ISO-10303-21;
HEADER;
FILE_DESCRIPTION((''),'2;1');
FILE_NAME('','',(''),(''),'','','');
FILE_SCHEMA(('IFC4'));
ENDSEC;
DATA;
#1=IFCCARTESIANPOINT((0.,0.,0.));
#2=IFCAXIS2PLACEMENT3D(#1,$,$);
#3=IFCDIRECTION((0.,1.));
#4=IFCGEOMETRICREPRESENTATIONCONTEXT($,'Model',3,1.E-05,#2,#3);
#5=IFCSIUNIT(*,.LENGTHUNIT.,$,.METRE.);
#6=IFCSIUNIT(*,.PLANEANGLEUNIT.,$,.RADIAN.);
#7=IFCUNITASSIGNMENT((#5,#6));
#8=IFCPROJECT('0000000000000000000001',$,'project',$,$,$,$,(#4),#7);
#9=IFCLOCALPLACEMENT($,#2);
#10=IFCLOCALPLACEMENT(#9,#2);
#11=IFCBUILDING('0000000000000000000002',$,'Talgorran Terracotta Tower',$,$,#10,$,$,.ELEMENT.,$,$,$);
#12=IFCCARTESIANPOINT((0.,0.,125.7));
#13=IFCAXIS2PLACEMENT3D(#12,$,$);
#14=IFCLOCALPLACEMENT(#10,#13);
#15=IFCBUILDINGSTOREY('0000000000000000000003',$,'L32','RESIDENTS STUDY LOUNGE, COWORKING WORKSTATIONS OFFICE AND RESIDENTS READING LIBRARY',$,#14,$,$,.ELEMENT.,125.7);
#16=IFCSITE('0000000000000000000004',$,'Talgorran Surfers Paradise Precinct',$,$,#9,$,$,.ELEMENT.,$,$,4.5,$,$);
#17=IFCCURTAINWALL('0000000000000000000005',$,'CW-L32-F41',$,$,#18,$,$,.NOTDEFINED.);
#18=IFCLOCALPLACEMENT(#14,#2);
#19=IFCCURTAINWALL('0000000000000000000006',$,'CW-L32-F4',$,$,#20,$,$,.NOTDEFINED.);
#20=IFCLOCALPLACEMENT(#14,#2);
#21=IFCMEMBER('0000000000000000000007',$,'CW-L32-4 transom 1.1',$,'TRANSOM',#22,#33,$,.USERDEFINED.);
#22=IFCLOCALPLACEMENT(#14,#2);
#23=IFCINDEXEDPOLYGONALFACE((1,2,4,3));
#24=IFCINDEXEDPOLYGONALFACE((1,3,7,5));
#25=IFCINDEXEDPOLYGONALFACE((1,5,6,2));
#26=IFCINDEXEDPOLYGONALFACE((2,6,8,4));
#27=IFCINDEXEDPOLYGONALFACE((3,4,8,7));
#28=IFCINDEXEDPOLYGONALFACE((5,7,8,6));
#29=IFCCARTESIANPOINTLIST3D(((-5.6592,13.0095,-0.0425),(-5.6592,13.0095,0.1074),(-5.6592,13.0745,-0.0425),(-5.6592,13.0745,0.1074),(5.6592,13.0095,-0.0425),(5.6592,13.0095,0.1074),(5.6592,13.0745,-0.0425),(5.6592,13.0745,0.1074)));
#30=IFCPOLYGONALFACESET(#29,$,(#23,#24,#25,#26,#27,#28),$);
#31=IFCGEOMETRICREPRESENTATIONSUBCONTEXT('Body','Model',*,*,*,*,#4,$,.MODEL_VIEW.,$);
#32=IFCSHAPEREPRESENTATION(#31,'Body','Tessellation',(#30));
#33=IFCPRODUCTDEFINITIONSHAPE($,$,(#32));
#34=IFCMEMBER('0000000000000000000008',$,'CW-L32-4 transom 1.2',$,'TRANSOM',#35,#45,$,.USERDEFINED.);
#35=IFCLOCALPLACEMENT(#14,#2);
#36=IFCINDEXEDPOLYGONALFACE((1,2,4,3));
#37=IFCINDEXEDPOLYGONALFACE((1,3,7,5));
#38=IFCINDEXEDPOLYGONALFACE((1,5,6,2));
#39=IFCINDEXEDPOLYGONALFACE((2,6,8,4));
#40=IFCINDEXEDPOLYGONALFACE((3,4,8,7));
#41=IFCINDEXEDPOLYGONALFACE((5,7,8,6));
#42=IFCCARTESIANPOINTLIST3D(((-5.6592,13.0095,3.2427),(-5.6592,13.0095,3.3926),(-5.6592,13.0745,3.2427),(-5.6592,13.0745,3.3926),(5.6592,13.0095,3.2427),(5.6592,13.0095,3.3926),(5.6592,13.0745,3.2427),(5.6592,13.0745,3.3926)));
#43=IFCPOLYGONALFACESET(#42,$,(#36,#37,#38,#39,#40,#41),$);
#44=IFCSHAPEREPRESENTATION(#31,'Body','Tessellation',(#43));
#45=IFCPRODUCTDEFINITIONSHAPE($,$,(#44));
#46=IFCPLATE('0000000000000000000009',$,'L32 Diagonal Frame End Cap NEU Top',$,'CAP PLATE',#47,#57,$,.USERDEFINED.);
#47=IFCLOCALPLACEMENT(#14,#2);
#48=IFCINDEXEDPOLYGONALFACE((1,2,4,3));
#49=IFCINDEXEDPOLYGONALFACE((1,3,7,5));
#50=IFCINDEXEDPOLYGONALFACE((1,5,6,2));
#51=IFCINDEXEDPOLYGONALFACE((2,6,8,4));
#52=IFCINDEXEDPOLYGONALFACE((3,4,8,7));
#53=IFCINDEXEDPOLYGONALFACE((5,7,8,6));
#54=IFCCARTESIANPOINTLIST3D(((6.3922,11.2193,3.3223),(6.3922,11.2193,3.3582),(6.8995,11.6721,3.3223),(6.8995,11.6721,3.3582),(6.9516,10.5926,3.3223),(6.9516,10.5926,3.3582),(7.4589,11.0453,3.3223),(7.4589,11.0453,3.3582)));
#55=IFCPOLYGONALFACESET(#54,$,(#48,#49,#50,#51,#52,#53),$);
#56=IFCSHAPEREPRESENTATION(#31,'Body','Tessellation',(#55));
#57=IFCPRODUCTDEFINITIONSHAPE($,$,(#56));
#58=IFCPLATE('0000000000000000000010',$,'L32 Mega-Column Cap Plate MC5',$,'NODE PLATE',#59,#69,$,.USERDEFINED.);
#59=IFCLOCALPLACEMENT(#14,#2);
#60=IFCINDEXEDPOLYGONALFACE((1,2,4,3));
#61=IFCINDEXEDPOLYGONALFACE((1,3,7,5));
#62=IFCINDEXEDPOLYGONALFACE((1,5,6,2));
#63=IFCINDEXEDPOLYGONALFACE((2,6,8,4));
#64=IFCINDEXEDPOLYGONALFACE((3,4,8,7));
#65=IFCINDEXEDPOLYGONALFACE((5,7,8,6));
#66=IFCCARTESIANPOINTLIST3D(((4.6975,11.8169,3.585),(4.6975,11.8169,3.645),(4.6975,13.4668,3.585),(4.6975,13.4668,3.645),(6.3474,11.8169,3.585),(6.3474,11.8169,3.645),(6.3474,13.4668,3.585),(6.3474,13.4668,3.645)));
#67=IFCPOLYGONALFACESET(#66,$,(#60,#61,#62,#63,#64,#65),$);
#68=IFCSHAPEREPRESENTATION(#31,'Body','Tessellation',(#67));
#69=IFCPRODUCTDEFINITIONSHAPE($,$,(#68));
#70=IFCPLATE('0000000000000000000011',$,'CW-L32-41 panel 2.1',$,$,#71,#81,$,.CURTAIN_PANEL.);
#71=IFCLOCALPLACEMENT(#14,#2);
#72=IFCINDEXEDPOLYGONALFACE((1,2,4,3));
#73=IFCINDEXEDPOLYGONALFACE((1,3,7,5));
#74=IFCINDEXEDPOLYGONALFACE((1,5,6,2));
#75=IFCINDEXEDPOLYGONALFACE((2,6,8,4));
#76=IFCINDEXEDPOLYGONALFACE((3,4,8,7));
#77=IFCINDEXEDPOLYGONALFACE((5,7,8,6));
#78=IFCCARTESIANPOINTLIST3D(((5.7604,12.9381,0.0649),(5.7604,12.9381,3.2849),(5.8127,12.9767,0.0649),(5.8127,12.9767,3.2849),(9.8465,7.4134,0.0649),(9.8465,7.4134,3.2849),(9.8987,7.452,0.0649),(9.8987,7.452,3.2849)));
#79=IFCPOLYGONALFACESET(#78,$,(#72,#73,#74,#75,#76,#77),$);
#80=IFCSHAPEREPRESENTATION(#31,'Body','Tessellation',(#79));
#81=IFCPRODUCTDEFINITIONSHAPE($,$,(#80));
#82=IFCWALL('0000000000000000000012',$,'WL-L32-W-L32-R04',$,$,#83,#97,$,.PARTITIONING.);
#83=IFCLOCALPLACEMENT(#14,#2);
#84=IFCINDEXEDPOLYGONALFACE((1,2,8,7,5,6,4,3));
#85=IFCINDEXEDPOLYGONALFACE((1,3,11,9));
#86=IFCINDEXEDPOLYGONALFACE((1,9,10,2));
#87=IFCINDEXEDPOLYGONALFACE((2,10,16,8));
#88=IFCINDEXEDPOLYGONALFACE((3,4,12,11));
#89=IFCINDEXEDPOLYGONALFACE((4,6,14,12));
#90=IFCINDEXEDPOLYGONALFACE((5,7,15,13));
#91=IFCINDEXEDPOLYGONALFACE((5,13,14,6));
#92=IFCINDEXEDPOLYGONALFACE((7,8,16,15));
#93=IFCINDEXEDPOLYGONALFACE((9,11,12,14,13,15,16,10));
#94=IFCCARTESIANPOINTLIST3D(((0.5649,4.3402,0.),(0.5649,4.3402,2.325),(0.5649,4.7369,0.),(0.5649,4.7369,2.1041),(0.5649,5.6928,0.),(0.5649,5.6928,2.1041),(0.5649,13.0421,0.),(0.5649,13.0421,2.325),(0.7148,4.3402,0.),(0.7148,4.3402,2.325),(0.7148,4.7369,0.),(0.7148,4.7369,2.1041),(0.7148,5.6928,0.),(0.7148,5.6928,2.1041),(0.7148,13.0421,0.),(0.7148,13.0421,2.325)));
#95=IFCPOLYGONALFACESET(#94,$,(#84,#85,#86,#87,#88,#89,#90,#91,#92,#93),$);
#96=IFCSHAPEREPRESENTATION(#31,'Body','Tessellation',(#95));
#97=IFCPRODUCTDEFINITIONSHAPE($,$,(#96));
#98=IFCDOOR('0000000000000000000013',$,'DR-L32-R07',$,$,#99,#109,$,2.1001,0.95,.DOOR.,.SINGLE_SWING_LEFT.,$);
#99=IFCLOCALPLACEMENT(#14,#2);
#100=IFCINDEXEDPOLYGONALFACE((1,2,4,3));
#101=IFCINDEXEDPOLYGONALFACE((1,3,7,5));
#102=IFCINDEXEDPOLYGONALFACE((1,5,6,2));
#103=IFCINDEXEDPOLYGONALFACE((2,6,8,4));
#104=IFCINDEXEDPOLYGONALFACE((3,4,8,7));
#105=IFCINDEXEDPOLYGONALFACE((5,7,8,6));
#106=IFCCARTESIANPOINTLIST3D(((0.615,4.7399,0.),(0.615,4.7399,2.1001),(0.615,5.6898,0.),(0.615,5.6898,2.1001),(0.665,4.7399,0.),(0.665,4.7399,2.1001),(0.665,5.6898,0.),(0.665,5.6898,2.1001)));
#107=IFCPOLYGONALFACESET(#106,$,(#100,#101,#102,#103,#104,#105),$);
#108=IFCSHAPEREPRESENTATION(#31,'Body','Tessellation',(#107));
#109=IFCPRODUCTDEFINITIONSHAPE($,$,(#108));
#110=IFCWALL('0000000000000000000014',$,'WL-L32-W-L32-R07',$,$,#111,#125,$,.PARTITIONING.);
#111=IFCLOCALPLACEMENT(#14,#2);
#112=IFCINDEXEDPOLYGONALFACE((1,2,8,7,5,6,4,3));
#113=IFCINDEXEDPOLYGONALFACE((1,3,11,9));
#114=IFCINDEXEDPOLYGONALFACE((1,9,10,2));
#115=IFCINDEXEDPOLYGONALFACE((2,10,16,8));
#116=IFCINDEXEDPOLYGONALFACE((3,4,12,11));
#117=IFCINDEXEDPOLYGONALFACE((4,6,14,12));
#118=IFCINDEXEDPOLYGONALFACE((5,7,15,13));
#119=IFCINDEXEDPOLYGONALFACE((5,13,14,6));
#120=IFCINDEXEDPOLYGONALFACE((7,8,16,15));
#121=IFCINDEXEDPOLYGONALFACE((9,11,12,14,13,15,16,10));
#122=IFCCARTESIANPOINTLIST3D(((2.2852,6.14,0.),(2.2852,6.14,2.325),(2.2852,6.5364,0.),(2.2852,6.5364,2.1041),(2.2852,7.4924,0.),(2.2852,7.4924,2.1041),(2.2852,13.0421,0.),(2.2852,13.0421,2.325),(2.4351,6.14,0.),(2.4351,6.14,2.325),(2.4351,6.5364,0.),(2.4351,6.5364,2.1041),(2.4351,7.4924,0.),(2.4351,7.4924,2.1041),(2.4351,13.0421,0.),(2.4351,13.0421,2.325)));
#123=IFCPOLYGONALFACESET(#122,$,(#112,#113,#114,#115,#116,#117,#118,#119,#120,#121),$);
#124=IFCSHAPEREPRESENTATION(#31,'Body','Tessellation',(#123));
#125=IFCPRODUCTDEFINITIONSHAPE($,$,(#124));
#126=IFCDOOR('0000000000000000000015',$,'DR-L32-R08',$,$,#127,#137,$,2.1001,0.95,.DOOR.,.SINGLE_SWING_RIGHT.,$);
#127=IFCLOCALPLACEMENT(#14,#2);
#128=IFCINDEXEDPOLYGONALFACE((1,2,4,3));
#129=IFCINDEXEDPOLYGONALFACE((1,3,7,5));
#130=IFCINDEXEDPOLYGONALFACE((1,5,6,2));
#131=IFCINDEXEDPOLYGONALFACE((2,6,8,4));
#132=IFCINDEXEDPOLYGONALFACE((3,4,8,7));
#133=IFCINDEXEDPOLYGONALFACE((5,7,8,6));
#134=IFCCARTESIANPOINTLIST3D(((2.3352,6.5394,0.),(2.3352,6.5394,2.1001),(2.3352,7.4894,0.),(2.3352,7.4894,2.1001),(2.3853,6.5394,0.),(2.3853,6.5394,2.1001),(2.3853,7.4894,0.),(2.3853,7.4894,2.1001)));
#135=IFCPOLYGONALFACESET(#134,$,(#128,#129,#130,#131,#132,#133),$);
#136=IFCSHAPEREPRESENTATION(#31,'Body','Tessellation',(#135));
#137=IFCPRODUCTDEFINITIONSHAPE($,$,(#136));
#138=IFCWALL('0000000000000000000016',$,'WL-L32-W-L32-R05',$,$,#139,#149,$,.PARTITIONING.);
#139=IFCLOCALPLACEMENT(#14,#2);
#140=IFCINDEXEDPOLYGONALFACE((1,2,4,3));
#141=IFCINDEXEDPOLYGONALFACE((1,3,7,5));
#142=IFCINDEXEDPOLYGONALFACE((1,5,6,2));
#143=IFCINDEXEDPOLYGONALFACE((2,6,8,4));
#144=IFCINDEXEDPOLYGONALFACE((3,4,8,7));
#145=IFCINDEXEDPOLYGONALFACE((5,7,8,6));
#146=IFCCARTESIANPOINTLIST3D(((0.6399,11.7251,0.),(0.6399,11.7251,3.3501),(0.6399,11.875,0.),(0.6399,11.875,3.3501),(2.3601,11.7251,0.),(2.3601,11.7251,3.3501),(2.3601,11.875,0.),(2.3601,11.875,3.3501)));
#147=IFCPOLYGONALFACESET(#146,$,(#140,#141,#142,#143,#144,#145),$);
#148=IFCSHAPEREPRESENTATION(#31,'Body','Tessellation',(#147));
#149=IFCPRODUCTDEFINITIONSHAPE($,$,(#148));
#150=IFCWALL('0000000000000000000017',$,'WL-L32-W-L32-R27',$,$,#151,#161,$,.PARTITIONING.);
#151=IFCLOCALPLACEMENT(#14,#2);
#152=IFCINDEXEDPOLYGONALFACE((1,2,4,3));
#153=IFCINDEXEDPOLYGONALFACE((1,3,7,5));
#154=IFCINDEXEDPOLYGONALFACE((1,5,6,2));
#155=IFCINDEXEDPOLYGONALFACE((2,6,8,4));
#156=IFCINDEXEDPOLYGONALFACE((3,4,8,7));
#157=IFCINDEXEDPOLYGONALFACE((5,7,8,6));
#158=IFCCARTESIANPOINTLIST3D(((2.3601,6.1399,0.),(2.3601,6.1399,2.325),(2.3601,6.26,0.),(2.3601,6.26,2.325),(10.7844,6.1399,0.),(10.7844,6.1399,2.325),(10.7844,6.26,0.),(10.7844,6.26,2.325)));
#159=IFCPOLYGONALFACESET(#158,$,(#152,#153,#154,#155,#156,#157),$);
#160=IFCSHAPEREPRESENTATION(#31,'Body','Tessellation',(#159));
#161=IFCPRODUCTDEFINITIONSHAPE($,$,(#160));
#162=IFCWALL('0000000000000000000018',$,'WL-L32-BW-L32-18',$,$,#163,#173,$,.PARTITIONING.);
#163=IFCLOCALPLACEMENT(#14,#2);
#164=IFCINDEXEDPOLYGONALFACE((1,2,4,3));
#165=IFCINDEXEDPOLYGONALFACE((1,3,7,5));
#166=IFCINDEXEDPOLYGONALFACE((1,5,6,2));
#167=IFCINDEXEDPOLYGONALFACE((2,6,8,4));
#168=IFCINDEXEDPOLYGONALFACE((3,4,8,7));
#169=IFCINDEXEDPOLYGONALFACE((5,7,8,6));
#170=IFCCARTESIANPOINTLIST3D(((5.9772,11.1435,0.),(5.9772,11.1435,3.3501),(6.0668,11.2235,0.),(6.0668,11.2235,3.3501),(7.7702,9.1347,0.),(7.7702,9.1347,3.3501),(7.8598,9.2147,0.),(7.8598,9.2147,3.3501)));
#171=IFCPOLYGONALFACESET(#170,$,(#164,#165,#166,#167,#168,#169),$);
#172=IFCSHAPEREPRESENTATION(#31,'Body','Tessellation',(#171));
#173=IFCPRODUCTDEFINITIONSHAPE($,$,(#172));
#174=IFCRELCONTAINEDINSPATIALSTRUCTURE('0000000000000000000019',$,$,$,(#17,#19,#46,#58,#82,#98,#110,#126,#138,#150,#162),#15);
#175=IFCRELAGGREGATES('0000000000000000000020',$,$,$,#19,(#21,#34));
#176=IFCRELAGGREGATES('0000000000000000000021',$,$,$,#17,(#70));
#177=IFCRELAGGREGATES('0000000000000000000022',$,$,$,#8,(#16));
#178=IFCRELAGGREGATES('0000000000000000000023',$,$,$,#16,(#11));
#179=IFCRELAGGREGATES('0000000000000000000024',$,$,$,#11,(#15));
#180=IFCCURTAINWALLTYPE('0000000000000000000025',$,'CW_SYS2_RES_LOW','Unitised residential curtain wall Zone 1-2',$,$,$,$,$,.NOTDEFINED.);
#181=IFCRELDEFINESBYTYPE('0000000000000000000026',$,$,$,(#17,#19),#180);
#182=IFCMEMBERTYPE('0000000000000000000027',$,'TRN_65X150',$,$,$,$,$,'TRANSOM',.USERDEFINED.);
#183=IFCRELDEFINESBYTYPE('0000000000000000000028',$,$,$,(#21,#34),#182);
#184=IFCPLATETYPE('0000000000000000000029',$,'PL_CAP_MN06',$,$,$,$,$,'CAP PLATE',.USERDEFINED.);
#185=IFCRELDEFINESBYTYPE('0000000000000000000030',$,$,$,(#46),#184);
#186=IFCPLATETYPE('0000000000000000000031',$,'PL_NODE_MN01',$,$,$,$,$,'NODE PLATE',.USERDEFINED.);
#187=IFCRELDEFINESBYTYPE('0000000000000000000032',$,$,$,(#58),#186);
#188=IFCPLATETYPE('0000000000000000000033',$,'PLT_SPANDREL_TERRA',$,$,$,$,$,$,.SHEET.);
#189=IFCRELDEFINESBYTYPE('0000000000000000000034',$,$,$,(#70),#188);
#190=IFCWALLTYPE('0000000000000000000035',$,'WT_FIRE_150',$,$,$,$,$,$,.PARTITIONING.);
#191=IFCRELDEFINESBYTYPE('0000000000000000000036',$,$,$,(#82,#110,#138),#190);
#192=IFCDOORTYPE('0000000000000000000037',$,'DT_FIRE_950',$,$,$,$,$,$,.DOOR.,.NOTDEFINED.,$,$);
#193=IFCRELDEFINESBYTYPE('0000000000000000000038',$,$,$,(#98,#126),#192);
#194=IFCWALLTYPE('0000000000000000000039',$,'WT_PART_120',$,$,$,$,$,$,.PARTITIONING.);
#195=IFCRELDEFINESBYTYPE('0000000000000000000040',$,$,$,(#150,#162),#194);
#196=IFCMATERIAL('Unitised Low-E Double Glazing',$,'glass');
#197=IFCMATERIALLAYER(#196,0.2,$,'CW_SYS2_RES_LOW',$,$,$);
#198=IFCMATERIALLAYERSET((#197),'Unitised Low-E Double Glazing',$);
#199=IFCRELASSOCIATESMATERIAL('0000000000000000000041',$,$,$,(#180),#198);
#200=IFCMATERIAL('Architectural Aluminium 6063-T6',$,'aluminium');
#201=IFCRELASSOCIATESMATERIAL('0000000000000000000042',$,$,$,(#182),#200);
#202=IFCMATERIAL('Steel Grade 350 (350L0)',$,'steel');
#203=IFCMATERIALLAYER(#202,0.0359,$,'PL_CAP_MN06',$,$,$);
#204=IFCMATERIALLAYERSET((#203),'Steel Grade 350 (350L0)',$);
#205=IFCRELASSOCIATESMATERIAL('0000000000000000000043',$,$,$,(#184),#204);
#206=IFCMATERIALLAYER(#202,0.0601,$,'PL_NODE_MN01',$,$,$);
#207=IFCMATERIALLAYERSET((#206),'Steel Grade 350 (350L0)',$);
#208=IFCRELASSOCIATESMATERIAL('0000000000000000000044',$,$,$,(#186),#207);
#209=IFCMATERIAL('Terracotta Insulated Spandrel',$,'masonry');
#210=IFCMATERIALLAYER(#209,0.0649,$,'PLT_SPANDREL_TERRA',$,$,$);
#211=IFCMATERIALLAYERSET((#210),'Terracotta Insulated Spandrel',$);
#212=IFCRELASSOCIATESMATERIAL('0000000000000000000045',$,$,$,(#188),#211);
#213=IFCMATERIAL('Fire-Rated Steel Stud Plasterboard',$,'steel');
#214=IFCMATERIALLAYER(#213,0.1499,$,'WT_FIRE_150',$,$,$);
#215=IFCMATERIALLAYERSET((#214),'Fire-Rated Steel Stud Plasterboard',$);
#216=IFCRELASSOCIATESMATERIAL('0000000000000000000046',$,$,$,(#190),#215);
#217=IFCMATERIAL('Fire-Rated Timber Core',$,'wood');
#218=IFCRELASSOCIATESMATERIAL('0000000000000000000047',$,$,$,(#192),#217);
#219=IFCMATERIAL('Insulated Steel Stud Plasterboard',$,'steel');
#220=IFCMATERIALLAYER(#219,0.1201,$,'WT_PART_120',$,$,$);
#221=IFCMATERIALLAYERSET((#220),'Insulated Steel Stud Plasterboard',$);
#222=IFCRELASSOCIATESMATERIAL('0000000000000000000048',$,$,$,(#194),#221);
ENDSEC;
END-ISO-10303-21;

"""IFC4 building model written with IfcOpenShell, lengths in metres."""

from ifc_helpers import new_model, si_unit, direction, frame, frame_2d, origin, origin_2d, place, context, subcontext, project, spatial, rectangle, extrude, source, transform, mapped, material, layer, layer_set, material_profile, profile_set, type_object, type_shapes, element, fill, aggregate, save


model = new_model("IFC4")

# Units and contexts
model_context = context("Model", 3, precision=1e-05, world=origin(), true_north=direction((0.0, 1.0)))
body_context = subcontext(model_context, "Body", "Model", "MODEL_VIEW")
ifc_project = project(units=[si_unit("LENGTHUNIT", "METRE"), si_unit("PLANEANGLEUNIT", "RADIAN")], contexts=[model_context])

# Site, building, storey
site_placement = place(None, origin())
site = spatial("IfcSite", under=ifc_project, at=site_placement, Name="Talgorran Surfers Paradise Precinct", CompositionType="ELEMENT", RefElevation=4.5)
building_placement = place(site_placement, origin())
building = spatial("IfcBuilding", under=site, at=building_placement, Name="Talgorran Terracotta Tower", CompositionType="ELEMENT")
storey_placement = place(building_placement, frame((0.0, 0.0, 125.7)))
storey = spatial("IfcBuildingStorey", under=building, at=storey_placement, Name="L32", Description="RESIDENTS STUDY LOUNGE, COWORKING WORKSTATIONS OFFICE AND RESIDENTS READING LIBRARY", CompositionType="ELEMENT", Elevation=125.7)

# Shared definitions
ifc_material_1 = material(Name="Steel Grade 350 (350L0)", Category="steel")

# Curtain wall
ifc_material_2 = material(Name="Unitised Low-E Double Glazing", Category="glass")
ifc_layer_1 = layer(ifc_material_2, 0.2, Name="CW_SYS2_RES_LOW")
ifc_layer_set_1 = layer_set([ifc_layer_1], Name="Unitised Low-E Double Glazing")
curtain_wall_type = type_object("IfcCurtainWallType", Name="CW_SYS2_RES_LOW", Description="Unitised residential curtain wall Zone 1-2", PredefinedType="NOTDEFINED", material=ifc_layer_set_1)
curtain_wall_1_placement = place(storey_placement, origin())
curtain_wall_1 = element("IfcCurtainWall", 1, at=curtain_wall_1_placement, inside=storey, type_object=curtain_wall_type, Name="CW-L32-F41", PredefinedType="NOTDEFINED")
ifc_material_3 = material(Name="Architectural Aluminium 6063-T6", Category="aluminium")

# Curtain wall, members
curtain_wall_2_placement = place(storey_placement, origin())
curtain_wall_2 = element("IfcCurtainWall", 2, at=curtain_wall_2_placement, inside=storey, type_object=curtain_wall_type, Name="CW-L32-F4", PredefinedType="NOTDEFINED")
ifc_material_profile_1 = material_profile(ifc_material_3, rectangle(XDim=0.0649, YDim=0.1499, at=origin_2d()), Name="CWT65X150")
ifc_profile_set_1 = profile_set([ifc_material_profile_1], Name="Architectural Aluminium 6063-T6")
member_type_1 = type_object("IfcMemberType", Name="TRN_65X150", ElementType="TRANSOM", PredefinedType="USERDEFINED", material=ifc_profile_set_1)
member_1_placement = place(storey_placement, frame((5.6592, 13.042, 0.0325), z_axis=(-1.0, 0.0, 0.0), x_axis=(0.0, -1.0, 0.0)))
member_1 = element("IfcMember", 3, at=member_1_placement, type_object=member_type_1, Name="CW-L32-4 transom 1.1", ObjectType="TRANSOM", PredefinedType="USERDEFINED", context=body_context, shape_type="SweptSolid", body=[
    extrude(rectangle(XDim=0.0649, YDim=0.1499, at=origin_2d()), origin(), (0.0, 0.0, 1.0), 11.3184),
])
member_2_placement = place(storey_placement, frame((5.6592, 13.042, 3.3176), z_axis=(-1.0, 0.0, 0.0), x_axis=(0.0, -1.0, 0.0)))
member_2 = element("IfcMember", 4, at=member_2_placement, type_object=member_type_1, Name="CW-L32-4 transom 1.2", ObjectType="TRANSOM", PredefinedType="USERDEFINED", context=body_context, shape_type="SweptSolid", body=[
    extrude(rectangle(XDim=0.0649, YDim=0.1499, at=origin_2d()), origin(), (0.0, 0.0, 1.0), 11.3184),
])
aggregate(curtain_wall_2, [member_1, member_2])

# Plates
ifc_layer_2 = layer(ifc_material_1, 0.0359, Name="PL_CAP_MN06")
ifc_layer_set_2 = layer_set([ifc_layer_2], Name="Steel Grade 350 (350L0)")
plate_type_1 = type_object("IfcPlateType", Name="PL_CAP_MN06", ElementType="CAP PLATE", PredefinedType="USERDEFINED", material=ifc_layer_set_2)
plate_1_placement = place(storey_placement, frame((6.9255, 11.1323, 3.3223), z_axis=(0.0, 0.0, 1.0), x_axis=(-0.665882, 0.746057, 0.0)))
element("IfcPlate", 5, at=plate_1_placement, inside=storey, type_object=plate_type_1, Name="L32 Diagonal Frame End Cap NEU Top", ObjectType="CAP PLATE", PredefinedType="USERDEFINED", context=body_context, shape_type="SweptSolid", body=[
    extrude(rectangle(XDim=0.8401, YDim=0.6799, at=origin_2d()), origin(), (0.0, 0.0, 1.0), 0.0359),
])
ifc_layer_3 = layer(ifc_material_1, 0.0601, Name="PL_NODE_MN01")
ifc_layer_set_3 = layer_set([ifc_layer_3], Name="Steel Grade 350 (350L0)")
plate_type_2 = type_object("IfcPlateType", Name="PL_NODE_MN01", ElementType="NODE PLATE", PredefinedType="USERDEFINED", material=ifc_layer_set_3)
plate_2_placement = place(storey_placement, frame((5.5225, 12.6418, 3.585), z_axis=(0.0, 0.0, 1.0), x_axis=(1.0, 0.0, 0.0)))
element("IfcPlate", 6, at=plate_2_placement, inside=storey, type_object=plate_type_2, Name="L32 Mega-Column Cap Plate MC5", ObjectType="NODE PLATE", PredefinedType="USERDEFINED", context=body_context, shape_type="SweptSolid", body=[
    extrude(rectangle(XDim=1.6499, YDim=1.6499, at=origin_2d()), origin(), (0.0, 0.0, 1.0), 0.0601),
])

# Plate
ifc_material_4 = material(Name="Terracotta Insulated Spandrel", Category="masonry")
ifc_layer_4 = layer(ifc_material_4, 0.0649, Name="PLT_SPANDREL_TERRA")
ifc_layer_set_4 = layer_set([ifc_layer_4], Name="Terracotta Insulated Spandrel")
plate_type_3 = type_object("IfcPlateType", Name="PLT_SPANDREL_TERRA", PredefinedType="SHEET", material=ifc_layer_set_4)
shared_shape = source(origin(), body_context, "Body", "SweptSolid", [
    extrude(rectangle(XDim=6.8716, YDim=0.0649, at=origin_2d()), origin(), (0.0, 0.0, 1.0), 3.22),
])
type_shapes(plate_type_3, [shared_shape])
plate_3_placement = place(storey_placement, frame((7.8296, 10.1951, 0.0649), z_axis=(0.0, 0.0, 1.0), x_axis=(-0.594635, 0.803996, 0.0)))
plate_3 = element("IfcPlate", 7, at=plate_3_placement, type_object=plate_type_3, Name="CW-L32-41 panel 2.1", PredefinedType="CURTAIN_PANEL", context=body_context, shape_type="MappedRepresentation", body=[
    mapped(shared_shape, transform((0.0, 0.0, 0.0), scale=1.0)),
])
aggregate(curtain_wall_1, [plate_3])

# Walls, openings, doors
ifc_material_5 = material(Name="Fire-Rated Steel Stud Plasterboard", Category="steel")
ifc_layer_5 = layer(ifc_material_5, 0.1499, Name="WT_FIRE_150")
ifc_layer_set_5 = layer_set([ifc_layer_5], Name="Fire-Rated Steel Stud Plasterboard")
wall_type_1 = type_object("IfcWallType", Name="WT_FIRE_150", PredefinedType="PARTITIONING", material=ifc_layer_set_5)
wall_1_placement = place(storey_placement, frame((0.6399, 4.3401, 0.0), z_axis=(0.0, 0.0, 1.0), x_axis=(0.0, 1.0, 0.0)))
wall_1 = element("IfcWall", 8, at=wall_1_placement, inside=storey, type_object=wall_type_1, Name="WL-L32-W-L32-R04", PredefinedType="PARTITIONING", context=body_context, shape_type="SweptSolid", body=[
    extrude(rectangle(XDim=8.7019, YDim=0.1499, at=frame_2d((4.3511, 0.0))), origin(), (0.0, 0.0, 1.0), 2.325),
])
opening_1_placement = place(wall_1_placement, frame((0.3997, 0.0, 0.0)))
opening_1 = element("IfcOpeningElement", 9, at=opening_1_placement, cuts=wall_1, PredefinedType="OPENING", context=body_context, shape_type="SweptSolid", body=[
    extrude(rectangle(XDim=0.956, YDim=2.1041, at=frame_2d((0.4751, 1.052))), frame((0.0, 0.085, 0.0), z_axis=(0.0, -1.0, 0.0), x_axis=(1.0, 0.0, 0.0)), (0.0, 0.0, 1.0), 0.1699),
])
ifc_material_6 = material(Name="Fire-Rated Timber Core", Category="wood")
door_type = type_object("IfcDoorType", Name="DT_FIRE_950", OperationType="NOTDEFINED", PredefinedType="DOOR", material=ifc_material_6)
door_1_placement = place(opening_1_placement, origin())
door_1 = element("IfcDoor", 10, at=door_1_placement, inside=storey, type_object=door_type, Name="DR-L32-R07", OperationType="SINGLE_SWING_LEFT", OverallHeight=2.1001, OverallWidth=0.95, PredefinedType="DOOR", context=body_context, shape_type="SweptSolid", body=[
    extrude(rectangle(XDim=0.95, YDim=2.1001, at=frame_2d((0.4751, 1.05))), frame((0.0, 0.0249, 0.0), z_axis=(0.0, -1.0, 0.0), x_axis=(1.0, 0.0, 0.0)), (0.0, 0.0, 1.0), 0.05),
])
fill(opening_1, door_1)
wall_2_placement = place(storey_placement, frame((2.3601, 6.1399, 0.0), z_axis=(0.0, 0.0, 1.0), x_axis=(0.0, 1.0, 0.0)))
wall_2 = element("IfcWall", 11, at=wall_2_placement, inside=storey, type_object=wall_type_1, Name="WL-L32-W-L32-R07", PredefinedType="PARTITIONING", context=body_context, shape_type="SweptSolid", body=[
    extrude(rectangle(XDim=6.9021, YDim=0.1499, at=frame_2d((3.4512, 0.0))), origin(), (0.0, 0.0, 1.0), 2.325),
])
opening_2_placement = place(wall_2_placement, frame((0.3994, 0.0, 0.0)))
opening_2 = element("IfcOpeningElement", 12, at=opening_2_placement, cuts=wall_2, PredefinedType="OPENING", context=body_context, shape_type="SweptSolid", body=[
    extrude(rectangle(XDim=0.956, YDim=2.1041, at=frame_2d((0.4751, 1.052))), frame((0.0, 0.085, 0.0), z_axis=(0.0, -1.0, 0.0), x_axis=(1.0, 0.0, 0.0)), (0.0, 0.0, 1.0), 0.1699),
])
door_2_placement = place(opening_2_placement, origin())
door_2 = element("IfcDoor", 13, at=door_2_placement, inside=storey, type_object=door_type, Name="DR-L32-R08", OperationType="SINGLE_SWING_RIGHT", OverallHeight=2.1001, OverallWidth=0.95, PredefinedType="DOOR", context=body_context, shape_type="SweptSolid", body=[
    extrude(rectangle(XDim=0.95, YDim=2.1001, at=frame_2d((0.4751, 1.05))), frame((0.0, 0.0249, 0.0), z_axis=(0.0, -1.0, 0.0), x_axis=(1.0, 0.0, 0.0)), (0.0, 0.0, 1.0), 0.05),
])
fill(opening_2, door_2)

# Walls
wall_3_placement = place(storey_placement, frame((0.6399, 11.8, 0.0), z_axis=(0.0, 0.0, 1.0), x_axis=(1.0, 0.0, 0.0)))
element("IfcWall", 14, at=wall_3_placement, inside=storey, type_object=wall_type_1, Name="WL-L32-W-L32-R05", PredefinedType="PARTITIONING", context=body_context, shape_type="SweptSolid", body=[
    extrude(rectangle(XDim=1.7202, YDim=0.1499, at=frame_2d((0.8601, 0.0))), origin(), (0.0, 0.0, 1.0), 3.3501),
])
ifc_material_7 = material(Name="Insulated Steel Stud Plasterboard", Category="steel")
ifc_layer_6 = layer(ifc_material_7, 0.1201, Name="WT_PART_120")
ifc_layer_set_6 = layer_set([ifc_layer_6], Name="Insulated Steel Stud Plasterboard")
wall_type_2 = type_object("IfcWallType", Name="WT_PART_120", PredefinedType="PARTITIONING", material=ifc_layer_set_6)
wall_4_placement = place(storey_placement, frame((2.3601, 6.2, 0.0), z_axis=(0.0, 0.0, 1.0), x_axis=(1.0, 0.0, 0.0)))
element("IfcWall", 15, at=wall_4_placement, inside=storey, type_object=wall_type_2, Name="WL-L32-W-L32-R27", PredefinedType="PARTITIONING", context=body_context, shape_type="SweptSolid", body=[
    extrude(rectangle(XDim=8.4243, YDim=0.1201, at=frame_2d((4.2122, 0.0))), origin(), (0.0, 0.0, 1.0), 2.325),
])
wall_5_placement = place(storey_placement, frame((7.8149, 9.1748, 0.0), z_axis=(0.0, 0.0, 1.0), x_axis=(-0.665893, 0.746047, 0.0)))
element("IfcWall", 16, at=wall_5_placement, inside=storey, type_object=wall_type_2, Name="WL-L32-BW-L32-18", PredefinedType="PARTITIONING", context=body_context, shape_type="SweptSolid", body=[
    extrude(rectangle(XDim=2.6926, YDim=0.1201, at=frame_2d((1.3462, 0.0))), origin(), (0.0, 0.0, 1.0), 3.3501),
])

save(model, "model.ifc")
